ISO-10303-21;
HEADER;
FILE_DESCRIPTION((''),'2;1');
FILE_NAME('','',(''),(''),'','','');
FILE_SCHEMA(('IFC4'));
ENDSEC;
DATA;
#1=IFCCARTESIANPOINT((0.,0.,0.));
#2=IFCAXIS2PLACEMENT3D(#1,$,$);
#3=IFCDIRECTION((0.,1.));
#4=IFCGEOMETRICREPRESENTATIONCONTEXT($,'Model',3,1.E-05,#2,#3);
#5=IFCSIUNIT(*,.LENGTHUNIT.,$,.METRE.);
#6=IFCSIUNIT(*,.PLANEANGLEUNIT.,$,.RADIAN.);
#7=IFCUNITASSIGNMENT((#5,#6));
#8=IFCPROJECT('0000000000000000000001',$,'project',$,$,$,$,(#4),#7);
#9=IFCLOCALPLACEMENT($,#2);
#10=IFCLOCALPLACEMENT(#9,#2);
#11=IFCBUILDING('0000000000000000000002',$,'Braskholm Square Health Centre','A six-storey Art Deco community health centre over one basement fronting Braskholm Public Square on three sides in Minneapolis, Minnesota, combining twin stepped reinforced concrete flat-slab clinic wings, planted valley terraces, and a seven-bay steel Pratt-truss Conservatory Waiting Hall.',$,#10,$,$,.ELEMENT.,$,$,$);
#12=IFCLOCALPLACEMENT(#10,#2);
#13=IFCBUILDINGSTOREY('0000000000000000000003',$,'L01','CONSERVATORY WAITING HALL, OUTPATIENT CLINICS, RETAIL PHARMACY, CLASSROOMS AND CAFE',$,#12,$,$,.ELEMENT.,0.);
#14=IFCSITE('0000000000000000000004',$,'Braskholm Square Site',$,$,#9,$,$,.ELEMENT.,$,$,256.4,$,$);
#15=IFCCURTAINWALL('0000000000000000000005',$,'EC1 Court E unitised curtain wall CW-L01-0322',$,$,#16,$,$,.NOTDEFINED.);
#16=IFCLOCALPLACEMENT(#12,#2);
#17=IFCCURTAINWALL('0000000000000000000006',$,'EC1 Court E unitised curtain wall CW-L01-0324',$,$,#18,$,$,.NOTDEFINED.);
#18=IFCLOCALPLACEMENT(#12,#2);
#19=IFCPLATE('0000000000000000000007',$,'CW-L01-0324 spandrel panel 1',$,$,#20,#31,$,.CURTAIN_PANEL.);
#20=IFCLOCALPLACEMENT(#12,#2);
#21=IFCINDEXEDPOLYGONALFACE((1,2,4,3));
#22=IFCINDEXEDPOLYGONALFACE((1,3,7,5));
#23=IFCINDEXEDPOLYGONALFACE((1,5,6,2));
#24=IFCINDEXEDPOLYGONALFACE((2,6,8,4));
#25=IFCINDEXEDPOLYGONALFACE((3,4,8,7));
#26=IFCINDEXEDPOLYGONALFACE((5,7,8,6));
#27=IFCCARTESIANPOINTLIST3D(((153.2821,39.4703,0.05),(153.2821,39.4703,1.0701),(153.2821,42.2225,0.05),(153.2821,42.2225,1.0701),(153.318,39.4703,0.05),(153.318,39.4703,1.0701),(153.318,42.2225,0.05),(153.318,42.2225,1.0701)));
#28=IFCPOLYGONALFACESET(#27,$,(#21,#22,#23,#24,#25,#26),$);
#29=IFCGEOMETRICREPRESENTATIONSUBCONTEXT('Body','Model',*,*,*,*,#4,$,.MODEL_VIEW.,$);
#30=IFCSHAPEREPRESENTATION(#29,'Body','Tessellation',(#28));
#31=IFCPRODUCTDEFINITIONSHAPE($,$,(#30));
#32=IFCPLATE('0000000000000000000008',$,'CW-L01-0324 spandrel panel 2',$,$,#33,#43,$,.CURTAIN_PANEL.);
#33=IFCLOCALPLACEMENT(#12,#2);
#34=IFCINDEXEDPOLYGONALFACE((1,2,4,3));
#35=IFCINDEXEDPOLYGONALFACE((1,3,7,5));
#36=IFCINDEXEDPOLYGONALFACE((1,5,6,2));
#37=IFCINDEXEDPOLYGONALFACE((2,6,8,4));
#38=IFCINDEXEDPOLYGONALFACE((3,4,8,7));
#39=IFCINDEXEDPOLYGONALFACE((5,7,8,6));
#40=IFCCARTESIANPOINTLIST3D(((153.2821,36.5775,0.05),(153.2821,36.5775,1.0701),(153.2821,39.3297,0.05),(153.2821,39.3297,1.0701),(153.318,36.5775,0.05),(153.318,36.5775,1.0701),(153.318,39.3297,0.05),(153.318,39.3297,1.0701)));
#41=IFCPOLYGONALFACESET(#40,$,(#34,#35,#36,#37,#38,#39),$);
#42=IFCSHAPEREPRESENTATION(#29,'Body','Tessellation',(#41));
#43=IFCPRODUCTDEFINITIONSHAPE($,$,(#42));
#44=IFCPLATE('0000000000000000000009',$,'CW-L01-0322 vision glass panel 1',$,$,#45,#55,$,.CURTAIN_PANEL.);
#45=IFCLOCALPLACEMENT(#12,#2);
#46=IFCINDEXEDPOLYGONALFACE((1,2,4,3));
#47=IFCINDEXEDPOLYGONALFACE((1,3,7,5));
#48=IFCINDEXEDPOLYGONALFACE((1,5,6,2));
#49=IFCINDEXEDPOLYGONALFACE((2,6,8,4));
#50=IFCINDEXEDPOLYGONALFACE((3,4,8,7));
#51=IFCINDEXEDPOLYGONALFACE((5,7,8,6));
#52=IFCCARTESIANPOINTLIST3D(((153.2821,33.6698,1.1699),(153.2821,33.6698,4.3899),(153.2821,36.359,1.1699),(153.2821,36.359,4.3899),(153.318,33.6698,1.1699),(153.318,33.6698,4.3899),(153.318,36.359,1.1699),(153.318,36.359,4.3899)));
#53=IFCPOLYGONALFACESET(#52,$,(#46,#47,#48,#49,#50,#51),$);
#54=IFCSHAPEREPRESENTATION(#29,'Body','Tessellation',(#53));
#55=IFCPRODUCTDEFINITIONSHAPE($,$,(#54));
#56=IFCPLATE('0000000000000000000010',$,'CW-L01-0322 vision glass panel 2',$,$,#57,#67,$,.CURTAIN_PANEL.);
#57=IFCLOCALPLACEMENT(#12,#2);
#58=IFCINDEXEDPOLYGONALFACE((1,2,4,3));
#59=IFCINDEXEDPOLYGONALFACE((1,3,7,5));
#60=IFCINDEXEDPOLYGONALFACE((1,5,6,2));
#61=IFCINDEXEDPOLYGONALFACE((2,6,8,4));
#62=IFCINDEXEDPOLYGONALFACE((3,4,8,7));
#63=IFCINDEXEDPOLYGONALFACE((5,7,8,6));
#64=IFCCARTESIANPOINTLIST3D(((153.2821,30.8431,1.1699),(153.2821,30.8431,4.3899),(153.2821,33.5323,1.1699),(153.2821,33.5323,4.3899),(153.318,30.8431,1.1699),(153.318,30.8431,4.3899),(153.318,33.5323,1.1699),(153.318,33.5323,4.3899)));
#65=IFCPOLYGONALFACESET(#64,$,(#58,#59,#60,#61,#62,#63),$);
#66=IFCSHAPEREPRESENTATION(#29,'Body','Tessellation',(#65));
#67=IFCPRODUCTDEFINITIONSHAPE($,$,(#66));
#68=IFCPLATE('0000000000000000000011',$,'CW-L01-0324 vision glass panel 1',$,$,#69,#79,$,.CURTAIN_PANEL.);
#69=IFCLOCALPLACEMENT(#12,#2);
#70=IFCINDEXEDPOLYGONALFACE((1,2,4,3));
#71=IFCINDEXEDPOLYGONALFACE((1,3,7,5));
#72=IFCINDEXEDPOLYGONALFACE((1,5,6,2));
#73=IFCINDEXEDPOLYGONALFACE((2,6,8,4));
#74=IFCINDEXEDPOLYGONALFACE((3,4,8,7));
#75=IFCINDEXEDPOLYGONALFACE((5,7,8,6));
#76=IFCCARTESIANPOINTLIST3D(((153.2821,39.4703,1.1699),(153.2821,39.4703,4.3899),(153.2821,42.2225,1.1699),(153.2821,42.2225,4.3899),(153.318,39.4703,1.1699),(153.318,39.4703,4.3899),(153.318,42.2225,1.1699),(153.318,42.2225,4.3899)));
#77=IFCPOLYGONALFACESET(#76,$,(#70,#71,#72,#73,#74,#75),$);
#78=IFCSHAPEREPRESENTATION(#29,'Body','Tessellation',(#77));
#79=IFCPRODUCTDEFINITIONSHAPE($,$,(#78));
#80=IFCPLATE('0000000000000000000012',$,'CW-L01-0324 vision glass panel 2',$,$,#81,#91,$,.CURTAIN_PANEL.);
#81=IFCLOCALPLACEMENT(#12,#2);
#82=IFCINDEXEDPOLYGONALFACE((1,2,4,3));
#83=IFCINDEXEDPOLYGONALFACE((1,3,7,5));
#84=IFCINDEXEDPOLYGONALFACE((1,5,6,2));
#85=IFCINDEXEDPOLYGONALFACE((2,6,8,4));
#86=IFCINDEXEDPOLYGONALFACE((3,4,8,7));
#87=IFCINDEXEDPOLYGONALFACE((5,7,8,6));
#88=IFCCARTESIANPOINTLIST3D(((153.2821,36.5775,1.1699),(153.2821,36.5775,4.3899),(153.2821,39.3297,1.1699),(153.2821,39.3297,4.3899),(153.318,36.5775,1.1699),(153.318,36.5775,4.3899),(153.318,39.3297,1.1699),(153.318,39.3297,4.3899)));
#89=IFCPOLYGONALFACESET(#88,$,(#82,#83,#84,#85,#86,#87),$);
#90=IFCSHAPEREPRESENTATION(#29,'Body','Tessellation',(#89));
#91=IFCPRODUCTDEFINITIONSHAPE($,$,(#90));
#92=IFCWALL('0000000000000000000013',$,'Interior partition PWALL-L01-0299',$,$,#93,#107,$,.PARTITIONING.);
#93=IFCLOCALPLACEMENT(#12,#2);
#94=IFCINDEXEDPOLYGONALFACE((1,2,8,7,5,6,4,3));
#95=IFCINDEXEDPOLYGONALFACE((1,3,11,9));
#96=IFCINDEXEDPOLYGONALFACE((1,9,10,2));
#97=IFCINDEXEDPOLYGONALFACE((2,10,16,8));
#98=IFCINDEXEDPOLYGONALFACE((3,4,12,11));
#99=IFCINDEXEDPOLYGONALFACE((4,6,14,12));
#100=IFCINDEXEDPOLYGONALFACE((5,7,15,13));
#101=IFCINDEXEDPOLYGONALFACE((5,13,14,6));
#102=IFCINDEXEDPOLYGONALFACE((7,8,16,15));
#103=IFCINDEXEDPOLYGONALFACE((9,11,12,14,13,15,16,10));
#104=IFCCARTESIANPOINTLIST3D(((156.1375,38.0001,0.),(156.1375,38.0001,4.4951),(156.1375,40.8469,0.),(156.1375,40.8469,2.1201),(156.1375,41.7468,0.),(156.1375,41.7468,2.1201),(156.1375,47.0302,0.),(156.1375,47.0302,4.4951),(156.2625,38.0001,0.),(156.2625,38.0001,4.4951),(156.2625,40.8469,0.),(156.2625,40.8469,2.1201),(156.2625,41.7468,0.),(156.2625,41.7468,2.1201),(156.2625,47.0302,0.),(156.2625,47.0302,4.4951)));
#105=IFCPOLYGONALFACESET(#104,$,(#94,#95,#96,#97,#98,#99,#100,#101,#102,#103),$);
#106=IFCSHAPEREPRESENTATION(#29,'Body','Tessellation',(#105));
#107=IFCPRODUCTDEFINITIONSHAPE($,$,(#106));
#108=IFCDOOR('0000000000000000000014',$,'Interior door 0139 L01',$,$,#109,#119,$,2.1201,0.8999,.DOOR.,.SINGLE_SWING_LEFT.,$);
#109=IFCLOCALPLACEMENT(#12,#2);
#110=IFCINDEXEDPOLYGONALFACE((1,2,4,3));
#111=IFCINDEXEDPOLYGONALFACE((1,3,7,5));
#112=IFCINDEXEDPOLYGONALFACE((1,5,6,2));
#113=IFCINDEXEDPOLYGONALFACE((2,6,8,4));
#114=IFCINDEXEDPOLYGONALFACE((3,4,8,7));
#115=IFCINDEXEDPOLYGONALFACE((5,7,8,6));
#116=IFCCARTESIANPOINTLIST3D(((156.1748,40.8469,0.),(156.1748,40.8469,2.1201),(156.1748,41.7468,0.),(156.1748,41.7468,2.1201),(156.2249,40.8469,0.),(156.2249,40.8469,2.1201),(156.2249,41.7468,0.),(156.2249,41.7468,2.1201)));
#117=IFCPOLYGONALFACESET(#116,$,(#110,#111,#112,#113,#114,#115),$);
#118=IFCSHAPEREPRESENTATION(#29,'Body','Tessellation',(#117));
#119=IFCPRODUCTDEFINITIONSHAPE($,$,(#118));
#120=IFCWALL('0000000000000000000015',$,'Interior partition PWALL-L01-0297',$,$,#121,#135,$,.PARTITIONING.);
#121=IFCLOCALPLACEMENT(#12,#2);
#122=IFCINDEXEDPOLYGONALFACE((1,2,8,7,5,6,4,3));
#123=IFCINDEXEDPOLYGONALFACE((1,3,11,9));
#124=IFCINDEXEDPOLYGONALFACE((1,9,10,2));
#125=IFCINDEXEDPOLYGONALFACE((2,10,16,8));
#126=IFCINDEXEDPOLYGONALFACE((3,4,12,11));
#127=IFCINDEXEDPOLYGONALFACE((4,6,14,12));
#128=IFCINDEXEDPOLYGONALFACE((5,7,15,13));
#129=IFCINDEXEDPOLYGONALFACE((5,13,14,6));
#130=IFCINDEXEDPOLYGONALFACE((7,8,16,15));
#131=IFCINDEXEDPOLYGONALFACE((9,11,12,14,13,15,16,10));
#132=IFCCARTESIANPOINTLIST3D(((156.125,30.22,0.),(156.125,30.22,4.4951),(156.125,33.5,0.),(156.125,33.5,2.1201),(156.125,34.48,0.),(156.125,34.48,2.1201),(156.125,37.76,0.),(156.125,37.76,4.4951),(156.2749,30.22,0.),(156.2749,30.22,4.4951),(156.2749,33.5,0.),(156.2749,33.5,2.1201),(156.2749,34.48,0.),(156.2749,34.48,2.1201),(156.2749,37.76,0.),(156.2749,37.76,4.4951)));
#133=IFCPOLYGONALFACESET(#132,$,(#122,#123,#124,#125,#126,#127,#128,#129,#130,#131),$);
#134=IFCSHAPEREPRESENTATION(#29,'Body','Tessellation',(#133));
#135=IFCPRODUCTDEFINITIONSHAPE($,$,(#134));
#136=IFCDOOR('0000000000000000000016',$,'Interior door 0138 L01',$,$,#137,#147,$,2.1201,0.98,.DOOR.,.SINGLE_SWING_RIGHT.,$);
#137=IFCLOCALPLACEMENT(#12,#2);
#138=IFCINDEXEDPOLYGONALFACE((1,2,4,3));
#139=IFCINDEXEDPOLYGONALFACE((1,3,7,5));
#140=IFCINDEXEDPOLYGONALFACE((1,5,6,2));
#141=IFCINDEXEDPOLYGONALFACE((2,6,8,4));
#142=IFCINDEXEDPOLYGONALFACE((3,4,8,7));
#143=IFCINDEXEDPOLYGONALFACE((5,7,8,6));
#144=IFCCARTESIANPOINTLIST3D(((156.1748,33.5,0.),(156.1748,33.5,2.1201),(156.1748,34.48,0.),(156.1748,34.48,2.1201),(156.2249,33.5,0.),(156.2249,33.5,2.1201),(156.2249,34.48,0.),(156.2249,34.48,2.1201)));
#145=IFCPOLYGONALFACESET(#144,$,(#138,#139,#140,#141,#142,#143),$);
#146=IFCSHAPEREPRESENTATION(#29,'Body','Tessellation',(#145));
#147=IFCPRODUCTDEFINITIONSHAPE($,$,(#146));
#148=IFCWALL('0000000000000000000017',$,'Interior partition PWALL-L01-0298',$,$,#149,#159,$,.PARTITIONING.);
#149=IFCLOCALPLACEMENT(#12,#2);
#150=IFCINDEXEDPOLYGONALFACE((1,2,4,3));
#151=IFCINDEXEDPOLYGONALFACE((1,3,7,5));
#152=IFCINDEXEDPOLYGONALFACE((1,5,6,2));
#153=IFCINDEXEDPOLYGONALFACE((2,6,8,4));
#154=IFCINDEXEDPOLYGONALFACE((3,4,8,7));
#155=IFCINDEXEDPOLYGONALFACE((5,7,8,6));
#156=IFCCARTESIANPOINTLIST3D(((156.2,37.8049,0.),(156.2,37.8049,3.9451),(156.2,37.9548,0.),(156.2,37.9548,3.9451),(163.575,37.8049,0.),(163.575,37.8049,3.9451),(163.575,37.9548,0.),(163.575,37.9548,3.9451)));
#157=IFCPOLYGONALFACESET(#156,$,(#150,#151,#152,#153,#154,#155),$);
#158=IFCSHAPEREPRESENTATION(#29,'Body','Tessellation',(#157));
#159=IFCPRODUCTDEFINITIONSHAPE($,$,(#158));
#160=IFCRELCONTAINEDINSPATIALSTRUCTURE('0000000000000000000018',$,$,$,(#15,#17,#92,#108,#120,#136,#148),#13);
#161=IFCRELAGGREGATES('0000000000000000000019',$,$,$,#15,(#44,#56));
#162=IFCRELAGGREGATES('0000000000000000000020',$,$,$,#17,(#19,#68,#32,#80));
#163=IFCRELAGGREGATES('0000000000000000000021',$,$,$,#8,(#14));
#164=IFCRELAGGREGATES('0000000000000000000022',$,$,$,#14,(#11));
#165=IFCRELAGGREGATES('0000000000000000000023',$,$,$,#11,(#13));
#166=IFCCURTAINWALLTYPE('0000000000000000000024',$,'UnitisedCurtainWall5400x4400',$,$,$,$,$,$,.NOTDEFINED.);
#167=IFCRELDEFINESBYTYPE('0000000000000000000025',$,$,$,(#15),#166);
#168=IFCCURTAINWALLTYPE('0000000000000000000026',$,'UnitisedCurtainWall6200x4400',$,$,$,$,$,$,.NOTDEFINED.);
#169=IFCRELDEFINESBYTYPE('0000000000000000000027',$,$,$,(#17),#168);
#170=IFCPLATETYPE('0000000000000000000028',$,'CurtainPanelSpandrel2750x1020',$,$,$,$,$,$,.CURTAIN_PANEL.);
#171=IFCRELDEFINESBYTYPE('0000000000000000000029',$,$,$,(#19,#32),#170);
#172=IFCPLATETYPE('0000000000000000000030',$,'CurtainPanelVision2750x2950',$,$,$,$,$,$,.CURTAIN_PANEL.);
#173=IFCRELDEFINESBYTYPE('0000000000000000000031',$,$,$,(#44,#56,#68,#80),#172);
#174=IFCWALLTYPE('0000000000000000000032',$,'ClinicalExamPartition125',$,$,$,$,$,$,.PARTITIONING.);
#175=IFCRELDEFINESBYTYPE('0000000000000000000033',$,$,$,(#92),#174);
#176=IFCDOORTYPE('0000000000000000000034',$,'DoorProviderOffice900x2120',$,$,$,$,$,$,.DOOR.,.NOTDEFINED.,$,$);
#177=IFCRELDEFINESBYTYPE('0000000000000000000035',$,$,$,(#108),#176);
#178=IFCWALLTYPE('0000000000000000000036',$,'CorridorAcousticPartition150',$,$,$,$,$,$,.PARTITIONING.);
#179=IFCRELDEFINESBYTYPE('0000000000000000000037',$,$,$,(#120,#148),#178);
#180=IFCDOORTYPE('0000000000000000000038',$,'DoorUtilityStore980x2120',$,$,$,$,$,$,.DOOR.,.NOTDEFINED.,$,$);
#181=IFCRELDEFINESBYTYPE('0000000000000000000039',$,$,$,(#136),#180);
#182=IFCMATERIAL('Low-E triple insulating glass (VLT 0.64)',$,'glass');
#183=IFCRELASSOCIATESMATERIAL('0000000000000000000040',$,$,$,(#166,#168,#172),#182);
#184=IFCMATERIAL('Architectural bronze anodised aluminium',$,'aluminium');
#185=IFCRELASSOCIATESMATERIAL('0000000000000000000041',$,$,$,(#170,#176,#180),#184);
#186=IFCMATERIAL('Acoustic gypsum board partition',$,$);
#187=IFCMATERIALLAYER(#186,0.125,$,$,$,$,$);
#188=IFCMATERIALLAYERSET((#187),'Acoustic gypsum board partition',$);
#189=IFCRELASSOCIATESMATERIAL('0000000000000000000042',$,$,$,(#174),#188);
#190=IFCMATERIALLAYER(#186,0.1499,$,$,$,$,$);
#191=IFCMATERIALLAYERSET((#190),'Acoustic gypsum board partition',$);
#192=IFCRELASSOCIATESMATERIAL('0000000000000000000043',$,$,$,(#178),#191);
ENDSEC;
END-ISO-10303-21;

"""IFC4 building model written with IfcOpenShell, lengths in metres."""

from ifc_helpers import new_model, si_unit, direction, frame, frame_2d, origin, origin_2d, place, context, subcontext, project, spatial, rectangle, extrude, material, layer, layer_set, type_object, element, fill, aggregate, save


model = new_model("IFC4")

# Units and contexts
model_context = context("Model", 3, precision=1e-05, world=origin(), true_north=direction((0.0, 1.0)))
body_context = subcontext(model_context, "Body", "Model", "MODEL_VIEW")
ifc_project = project(units=[si_unit("LENGTHUNIT", "METRE"), si_unit("PLANEANGLEUNIT", "RADIAN")], contexts=[model_context])

# Site, building, storey
site_placement = place(None, origin())
site = spatial("IfcSite", under=ifc_project, at=site_placement, Name="Braskholm Square Site", CompositionType="ELEMENT", RefElevation=256.4)
building_placement = place(site_placement, origin())
building = spatial("IfcBuilding", under=site, at=building_placement, Name="Braskholm Square Health Centre", Description="A six-storey Art Deco community health centre over one basement fronting Braskholm Public Square on three sides in Minneapolis, Minnesota, combining twin stepped reinforced concrete flat-slab clinic wings, planted valley terraces, and a seven-bay steel Pratt-truss Conservatory Waiting Hall.", CompositionType="ELEMENT")
storey_placement = place(building_placement, origin())
storey = spatial("IfcBuildingStorey", under=building, at=storey_placement, Name="L01", Description="CONSERVATORY WAITING HALL, OUTPATIENT CLINICS, RETAIL PHARMACY, CLASSROOMS AND CAFE", CompositionType="ELEMENT", Elevation=0.0)

# Curtain walls
ifc_material_1 = material(Name="Low-E triple insulating glass (VLT 0.64)", Category="glass")
curtain_wall_type_1 = type_object("IfcCurtainWallType", Name="UnitisedCurtainWall5400x4400", PredefinedType="NOTDEFINED", material=ifc_material_1)
curtain_wall_1_placement = place(storey_placement, origin())
curtain_wall_1 = element("IfcCurtainWall", 1, at=curtain_wall_1_placement, inside=storey, type_object=curtain_wall_type_1, Name="EC1 Court E unitised curtain wall CW-L01-0322", PredefinedType="NOTDEFINED")
ifc_material_2 = material(Name="Architectural bronze anodised aluminium", Category="aluminium")
curtain_wall_type_2 = type_object("IfcCurtainWallType", Name="UnitisedCurtainWall6200x4400", PredefinedType="NOTDEFINED", material=ifc_material_1)
curtain_wall_2_placement = place(storey_placement, origin())
curtain_wall_2 = element("IfcCurtainWall", 2, at=curtain_wall_2_placement, inside=storey, type_object=curtain_wall_type_2, Name="EC1 Court E unitised curtain wall CW-L01-0324", PredefinedType="NOTDEFINED")

# Plates
plate_type_1 = type_object("IfcPlateType", Name="CurtainPanelSpandrel2750x1020", PredefinedType="CURTAIN_PANEL", material=ifc_material_2)
plate_1_placement = place(storey_placement, frame((153.3, 40.8464, 0.05), z_axis=(0.0, 0.0, 1.0), x_axis=(0.0, -1.0, 0.0)))
plate_1 = element("IfcPlate", 3, at=plate_1_placement, type_object=plate_type_1, Name="CW-L01-0324 spandrel panel 1", PredefinedType="CURTAIN_PANEL", context=body_context, shape_type="SweptSolid", body=[
    extrude(rectangle(XDim=2.7522, YDim=0.0359, at=origin_2d()), origin(), (0.0, 0.0, 1.0), 1.02),
])
plate_2_placement = place(storey_placement, frame((153.3, 37.9536, 0.05), z_axis=(0.0, 0.0, 1.0), x_axis=(0.0, -1.0, 0.0)))
plate_2 = element("IfcPlate", 4, at=plate_2_placement, type_object=plate_type_1, Name="CW-L01-0324 spandrel panel 2", PredefinedType="CURTAIN_PANEL", context=body_context, shape_type="SweptSolid", body=[
    extrude(rectangle(XDim=2.7522, YDim=0.0359, at=origin_2d()), origin(), (0.0, 0.0, 1.0), 1.02),
])
plate_type_2 = type_object("IfcPlateType", Name="CurtainPanelVision2750x2950", PredefinedType="CURTAIN_PANEL", material=ifc_material_1)
plate_3_placement = place(storey_placement, frame((153.3, 35.0144, 1.1699), z_axis=(0.0, 0.0, 1.0), x_axis=(0.0, -1.0, 0.0)))
plate_3 = element("IfcPlate", 5, at=plate_3_placement, type_object=plate_type_2, Name="CW-L01-0322 vision glass panel 1", PredefinedType="CURTAIN_PANEL", context=body_context, shape_type="SweptSolid", body=[
    extrude(rectangle(XDim=2.6892, YDim=0.0359, at=origin_2d()), origin(), (0.0, 0.0, 1.0), 3.22),
])
plate_4_placement = place(storey_placement, frame((153.3, 32.1877, 1.1699), z_axis=(0.0, 0.0, 1.0), x_axis=(0.0, -1.0, 0.0)))
plate_4 = element("IfcPlate", 6, at=plate_4_placement, type_object=plate_type_2, Name="CW-L01-0322 vision glass panel 2", PredefinedType="CURTAIN_PANEL", context=body_context, shape_type="SweptSolid", body=[
    extrude(rectangle(XDim=2.6892, YDim=0.0359, at=origin_2d()), origin(), (0.0, 0.0, 1.0), 3.22),
])
aggregate(curtain_wall_1, [plate_3, plate_4])
plate_5_placement = place(storey_placement, frame((153.3, 40.8464, 1.1699), z_axis=(0.0, 0.0, 1.0), x_axis=(0.0, -1.0, 0.0)))
plate_5 = element("IfcPlate", 7, at=plate_5_placement, type_object=plate_type_2, Name="CW-L01-0324 vision glass panel 1", PredefinedType="CURTAIN_PANEL", context=body_context, shape_type="SweptSolid", body=[
    extrude(rectangle(XDim=2.7522, YDim=0.0359, at=origin_2d()), origin(), (0.0, 0.0, 1.0), 3.22),
])
plate_6_placement = place(storey_placement, frame((153.3, 37.9536, 1.1699), z_axis=(0.0, 0.0, 1.0), x_axis=(0.0, -1.0, 0.0)))
plate_6 = element("IfcPlate", 8, at=plate_6_placement, type_object=plate_type_2, Name="CW-L01-0324 vision glass panel 2", PredefinedType="CURTAIN_PANEL", context=body_context, shape_type="SweptSolid", body=[
    extrude(rectangle(XDim=2.7522, YDim=0.0359, at=origin_2d()), origin(), (0.0, 0.0, 1.0), 3.22),
])
aggregate(curtain_wall_2, [plate_1, plate_5, plate_2, plate_6])

# Walls, openings, doors
ifc_material_3 = material(Name="Acoustic gypsum board partition")
ifc_layer_1 = layer(ifc_material_3, 0.125)
ifc_layer_set_1 = layer_set([ifc_layer_1], Name="Acoustic gypsum board partition")
wall_type_1 = type_object("IfcWallType", Name="ClinicalExamPartition125", PredefinedType="PARTITIONING", material=ifc_layer_set_1)
wall_1_placement = place(storey_placement, frame((156.2, 38.0, 0.0), z_axis=(0.0, 0.0, 1.0), x_axis=(0.0, 1.0, 0.0)))
wall_1 = element("IfcWall", 9, at=wall_1_placement, inside=storey, type_object=wall_type_1, Name="Interior partition PWALL-L01-0299", PredefinedType="PARTITIONING", context=body_context, shape_type="SweptSolid", body=[
    extrude(rectangle(XDim=9.03, YDim=0.125, at=frame_2d((4.5151, 0.0))), origin(), (0.0, 0.0, 1.0), 4.4951),
])
opening_1_placement = place(wall_1_placement, frame((2.8469, 0.0, 0.0)))
opening_1 = element("IfcOpeningElement", 10, at=opening_1_placement, cuts=wall_1, PredefinedType="OPENING", context=body_context, shape_type="SweptSolid", body=[
    extrude(rectangle(XDim=0.8999, YDim=2.1201, at=frame_2d((0.45, 1.0601))), frame((0.0, 0.0725, 0.0), z_axis=(0.0, -1.0, 0.0), x_axis=(1.0, 0.0, 0.0)), (0.0, 0.0, 1.0), 0.145),
])
door_type_1 = type_object("IfcDoorType", Name="DoorProviderOffice900x2120", OperationType="NOTDEFINED", PredefinedType="DOOR", material=ifc_material_2)
door_1_placement = place(opening_1_placement, frame((0.8999, 0.0, 0.0), z_axis=(0.0, 0.0, 1.0), x_axis=(-1.0, 0.0, 0.0)))
door_1 = element("IfcDoor", 11, at=door_1_placement, inside=storey, type_object=door_type_1, Name="Interior door 0139 L01", OperationType="SINGLE_SWING_LEFT", OverallHeight=2.1201, OverallWidth=0.8999, PredefinedType="DOOR", context=body_context, shape_type="SweptSolid", body=[
    extrude(rectangle(XDim=0.8999, YDim=2.1201, at=frame_2d((0.45, 1.0601))), frame((0.0, 0.0249, 0.0), z_axis=(0.0, -1.0, 0.0), x_axis=(1.0, 0.0, 0.0)), (0.0, 0.0, 1.0), 0.05),
])
fill(opening_1, door_1)
ifc_layer_2 = layer(ifc_material_3, 0.1499)
ifc_layer_set_2 = layer_set([ifc_layer_2], Name="Acoustic gypsum board partition")
wall_type_2 = type_object("IfcWallType", Name="CorridorAcousticPartition150", PredefinedType="PARTITIONING", material=ifc_layer_set_2)
wall_2_placement = place(storey_placement, frame((156.2, 30.22, 0.0), z_axis=(0.0, 0.0, 1.0), x_axis=(0.0, 1.0, 0.0)))
wall_2 = element("IfcWall", 12, at=wall_2_placement, inside=storey, type_object=wall_type_2, Name="Interior partition PWALL-L01-0297", PredefinedType="PARTITIONING", context=body_context, shape_type="SweptSolid", body=[
    extrude(rectangle(XDim=7.54, YDim=0.1499, at=frame_2d((3.77, 0.0))), origin(), (0.0, 0.0, 1.0), 4.4951),
])
opening_2_placement = place(wall_2_placement, frame((3.28, 0.0, 0.0)))
opening_2 = element("IfcOpeningElement", 13, at=opening_2_placement, cuts=wall_2, PredefinedType="OPENING", context=body_context, shape_type="SweptSolid", body=[
    extrude(rectangle(XDim=0.98, YDim=2.1201, at=frame_2d((0.49, 1.0601))), frame((0.0, 0.085, 0.0), z_axis=(0.0, -1.0, 0.0), x_axis=(1.0, 0.0, 0.0)), (0.0, 0.0, 1.0), 0.1699),
])
door_type_2 = type_object("IfcDoorType", Name="DoorUtilityStore980x2120", OperationType="NOTDEFINED", PredefinedType="DOOR", material=ifc_material_2)
door_2_placement = place(opening_2_placement, frame((0.98, 0.0, 0.0), z_axis=(0.0, 0.0, 1.0), x_axis=(-1.0, 0.0, 0.0)))
door_2 = element("IfcDoor", 14, at=door_2_placement, inside=storey, type_object=door_type_2, Name="Interior door 0138 L01", OperationType="SINGLE_SWING_RIGHT", OverallHeight=2.1201, OverallWidth=0.98, PredefinedType="DOOR", context=body_context, shape_type="SweptSolid", body=[
    extrude(rectangle(XDim=0.98, YDim=2.1201, at=frame_2d((0.49, 1.0601))), frame((0.0, 0.0249, 0.0), z_axis=(0.0, -1.0, 0.0), x_axis=(1.0, 0.0, 0.0)), (0.0, 0.0, 1.0), 0.05),
])
fill(opening_2, door_2)

# Wall
wall_3_placement = place(storey_placement, frame((156.2, 37.8799, 0.0), z_axis=(0.0, 0.0, 1.0), x_axis=(1.0, 0.0, 0.0)))
element("IfcWall", 15, at=wall_3_placement, inside=storey, type_object=wall_type_2, Name="Interior partition PWALL-L01-0298", PredefinedType="PARTITIONING", context=body_context, shape_type="SweptSolid", body=[
    extrude(rectangle(XDim=7.375, YDim=0.1499, at=frame_2d((3.6875, 0.0))), origin(), (0.0, 0.0, 1.0), 3.9451),
])

save(model, "model.ifc")
